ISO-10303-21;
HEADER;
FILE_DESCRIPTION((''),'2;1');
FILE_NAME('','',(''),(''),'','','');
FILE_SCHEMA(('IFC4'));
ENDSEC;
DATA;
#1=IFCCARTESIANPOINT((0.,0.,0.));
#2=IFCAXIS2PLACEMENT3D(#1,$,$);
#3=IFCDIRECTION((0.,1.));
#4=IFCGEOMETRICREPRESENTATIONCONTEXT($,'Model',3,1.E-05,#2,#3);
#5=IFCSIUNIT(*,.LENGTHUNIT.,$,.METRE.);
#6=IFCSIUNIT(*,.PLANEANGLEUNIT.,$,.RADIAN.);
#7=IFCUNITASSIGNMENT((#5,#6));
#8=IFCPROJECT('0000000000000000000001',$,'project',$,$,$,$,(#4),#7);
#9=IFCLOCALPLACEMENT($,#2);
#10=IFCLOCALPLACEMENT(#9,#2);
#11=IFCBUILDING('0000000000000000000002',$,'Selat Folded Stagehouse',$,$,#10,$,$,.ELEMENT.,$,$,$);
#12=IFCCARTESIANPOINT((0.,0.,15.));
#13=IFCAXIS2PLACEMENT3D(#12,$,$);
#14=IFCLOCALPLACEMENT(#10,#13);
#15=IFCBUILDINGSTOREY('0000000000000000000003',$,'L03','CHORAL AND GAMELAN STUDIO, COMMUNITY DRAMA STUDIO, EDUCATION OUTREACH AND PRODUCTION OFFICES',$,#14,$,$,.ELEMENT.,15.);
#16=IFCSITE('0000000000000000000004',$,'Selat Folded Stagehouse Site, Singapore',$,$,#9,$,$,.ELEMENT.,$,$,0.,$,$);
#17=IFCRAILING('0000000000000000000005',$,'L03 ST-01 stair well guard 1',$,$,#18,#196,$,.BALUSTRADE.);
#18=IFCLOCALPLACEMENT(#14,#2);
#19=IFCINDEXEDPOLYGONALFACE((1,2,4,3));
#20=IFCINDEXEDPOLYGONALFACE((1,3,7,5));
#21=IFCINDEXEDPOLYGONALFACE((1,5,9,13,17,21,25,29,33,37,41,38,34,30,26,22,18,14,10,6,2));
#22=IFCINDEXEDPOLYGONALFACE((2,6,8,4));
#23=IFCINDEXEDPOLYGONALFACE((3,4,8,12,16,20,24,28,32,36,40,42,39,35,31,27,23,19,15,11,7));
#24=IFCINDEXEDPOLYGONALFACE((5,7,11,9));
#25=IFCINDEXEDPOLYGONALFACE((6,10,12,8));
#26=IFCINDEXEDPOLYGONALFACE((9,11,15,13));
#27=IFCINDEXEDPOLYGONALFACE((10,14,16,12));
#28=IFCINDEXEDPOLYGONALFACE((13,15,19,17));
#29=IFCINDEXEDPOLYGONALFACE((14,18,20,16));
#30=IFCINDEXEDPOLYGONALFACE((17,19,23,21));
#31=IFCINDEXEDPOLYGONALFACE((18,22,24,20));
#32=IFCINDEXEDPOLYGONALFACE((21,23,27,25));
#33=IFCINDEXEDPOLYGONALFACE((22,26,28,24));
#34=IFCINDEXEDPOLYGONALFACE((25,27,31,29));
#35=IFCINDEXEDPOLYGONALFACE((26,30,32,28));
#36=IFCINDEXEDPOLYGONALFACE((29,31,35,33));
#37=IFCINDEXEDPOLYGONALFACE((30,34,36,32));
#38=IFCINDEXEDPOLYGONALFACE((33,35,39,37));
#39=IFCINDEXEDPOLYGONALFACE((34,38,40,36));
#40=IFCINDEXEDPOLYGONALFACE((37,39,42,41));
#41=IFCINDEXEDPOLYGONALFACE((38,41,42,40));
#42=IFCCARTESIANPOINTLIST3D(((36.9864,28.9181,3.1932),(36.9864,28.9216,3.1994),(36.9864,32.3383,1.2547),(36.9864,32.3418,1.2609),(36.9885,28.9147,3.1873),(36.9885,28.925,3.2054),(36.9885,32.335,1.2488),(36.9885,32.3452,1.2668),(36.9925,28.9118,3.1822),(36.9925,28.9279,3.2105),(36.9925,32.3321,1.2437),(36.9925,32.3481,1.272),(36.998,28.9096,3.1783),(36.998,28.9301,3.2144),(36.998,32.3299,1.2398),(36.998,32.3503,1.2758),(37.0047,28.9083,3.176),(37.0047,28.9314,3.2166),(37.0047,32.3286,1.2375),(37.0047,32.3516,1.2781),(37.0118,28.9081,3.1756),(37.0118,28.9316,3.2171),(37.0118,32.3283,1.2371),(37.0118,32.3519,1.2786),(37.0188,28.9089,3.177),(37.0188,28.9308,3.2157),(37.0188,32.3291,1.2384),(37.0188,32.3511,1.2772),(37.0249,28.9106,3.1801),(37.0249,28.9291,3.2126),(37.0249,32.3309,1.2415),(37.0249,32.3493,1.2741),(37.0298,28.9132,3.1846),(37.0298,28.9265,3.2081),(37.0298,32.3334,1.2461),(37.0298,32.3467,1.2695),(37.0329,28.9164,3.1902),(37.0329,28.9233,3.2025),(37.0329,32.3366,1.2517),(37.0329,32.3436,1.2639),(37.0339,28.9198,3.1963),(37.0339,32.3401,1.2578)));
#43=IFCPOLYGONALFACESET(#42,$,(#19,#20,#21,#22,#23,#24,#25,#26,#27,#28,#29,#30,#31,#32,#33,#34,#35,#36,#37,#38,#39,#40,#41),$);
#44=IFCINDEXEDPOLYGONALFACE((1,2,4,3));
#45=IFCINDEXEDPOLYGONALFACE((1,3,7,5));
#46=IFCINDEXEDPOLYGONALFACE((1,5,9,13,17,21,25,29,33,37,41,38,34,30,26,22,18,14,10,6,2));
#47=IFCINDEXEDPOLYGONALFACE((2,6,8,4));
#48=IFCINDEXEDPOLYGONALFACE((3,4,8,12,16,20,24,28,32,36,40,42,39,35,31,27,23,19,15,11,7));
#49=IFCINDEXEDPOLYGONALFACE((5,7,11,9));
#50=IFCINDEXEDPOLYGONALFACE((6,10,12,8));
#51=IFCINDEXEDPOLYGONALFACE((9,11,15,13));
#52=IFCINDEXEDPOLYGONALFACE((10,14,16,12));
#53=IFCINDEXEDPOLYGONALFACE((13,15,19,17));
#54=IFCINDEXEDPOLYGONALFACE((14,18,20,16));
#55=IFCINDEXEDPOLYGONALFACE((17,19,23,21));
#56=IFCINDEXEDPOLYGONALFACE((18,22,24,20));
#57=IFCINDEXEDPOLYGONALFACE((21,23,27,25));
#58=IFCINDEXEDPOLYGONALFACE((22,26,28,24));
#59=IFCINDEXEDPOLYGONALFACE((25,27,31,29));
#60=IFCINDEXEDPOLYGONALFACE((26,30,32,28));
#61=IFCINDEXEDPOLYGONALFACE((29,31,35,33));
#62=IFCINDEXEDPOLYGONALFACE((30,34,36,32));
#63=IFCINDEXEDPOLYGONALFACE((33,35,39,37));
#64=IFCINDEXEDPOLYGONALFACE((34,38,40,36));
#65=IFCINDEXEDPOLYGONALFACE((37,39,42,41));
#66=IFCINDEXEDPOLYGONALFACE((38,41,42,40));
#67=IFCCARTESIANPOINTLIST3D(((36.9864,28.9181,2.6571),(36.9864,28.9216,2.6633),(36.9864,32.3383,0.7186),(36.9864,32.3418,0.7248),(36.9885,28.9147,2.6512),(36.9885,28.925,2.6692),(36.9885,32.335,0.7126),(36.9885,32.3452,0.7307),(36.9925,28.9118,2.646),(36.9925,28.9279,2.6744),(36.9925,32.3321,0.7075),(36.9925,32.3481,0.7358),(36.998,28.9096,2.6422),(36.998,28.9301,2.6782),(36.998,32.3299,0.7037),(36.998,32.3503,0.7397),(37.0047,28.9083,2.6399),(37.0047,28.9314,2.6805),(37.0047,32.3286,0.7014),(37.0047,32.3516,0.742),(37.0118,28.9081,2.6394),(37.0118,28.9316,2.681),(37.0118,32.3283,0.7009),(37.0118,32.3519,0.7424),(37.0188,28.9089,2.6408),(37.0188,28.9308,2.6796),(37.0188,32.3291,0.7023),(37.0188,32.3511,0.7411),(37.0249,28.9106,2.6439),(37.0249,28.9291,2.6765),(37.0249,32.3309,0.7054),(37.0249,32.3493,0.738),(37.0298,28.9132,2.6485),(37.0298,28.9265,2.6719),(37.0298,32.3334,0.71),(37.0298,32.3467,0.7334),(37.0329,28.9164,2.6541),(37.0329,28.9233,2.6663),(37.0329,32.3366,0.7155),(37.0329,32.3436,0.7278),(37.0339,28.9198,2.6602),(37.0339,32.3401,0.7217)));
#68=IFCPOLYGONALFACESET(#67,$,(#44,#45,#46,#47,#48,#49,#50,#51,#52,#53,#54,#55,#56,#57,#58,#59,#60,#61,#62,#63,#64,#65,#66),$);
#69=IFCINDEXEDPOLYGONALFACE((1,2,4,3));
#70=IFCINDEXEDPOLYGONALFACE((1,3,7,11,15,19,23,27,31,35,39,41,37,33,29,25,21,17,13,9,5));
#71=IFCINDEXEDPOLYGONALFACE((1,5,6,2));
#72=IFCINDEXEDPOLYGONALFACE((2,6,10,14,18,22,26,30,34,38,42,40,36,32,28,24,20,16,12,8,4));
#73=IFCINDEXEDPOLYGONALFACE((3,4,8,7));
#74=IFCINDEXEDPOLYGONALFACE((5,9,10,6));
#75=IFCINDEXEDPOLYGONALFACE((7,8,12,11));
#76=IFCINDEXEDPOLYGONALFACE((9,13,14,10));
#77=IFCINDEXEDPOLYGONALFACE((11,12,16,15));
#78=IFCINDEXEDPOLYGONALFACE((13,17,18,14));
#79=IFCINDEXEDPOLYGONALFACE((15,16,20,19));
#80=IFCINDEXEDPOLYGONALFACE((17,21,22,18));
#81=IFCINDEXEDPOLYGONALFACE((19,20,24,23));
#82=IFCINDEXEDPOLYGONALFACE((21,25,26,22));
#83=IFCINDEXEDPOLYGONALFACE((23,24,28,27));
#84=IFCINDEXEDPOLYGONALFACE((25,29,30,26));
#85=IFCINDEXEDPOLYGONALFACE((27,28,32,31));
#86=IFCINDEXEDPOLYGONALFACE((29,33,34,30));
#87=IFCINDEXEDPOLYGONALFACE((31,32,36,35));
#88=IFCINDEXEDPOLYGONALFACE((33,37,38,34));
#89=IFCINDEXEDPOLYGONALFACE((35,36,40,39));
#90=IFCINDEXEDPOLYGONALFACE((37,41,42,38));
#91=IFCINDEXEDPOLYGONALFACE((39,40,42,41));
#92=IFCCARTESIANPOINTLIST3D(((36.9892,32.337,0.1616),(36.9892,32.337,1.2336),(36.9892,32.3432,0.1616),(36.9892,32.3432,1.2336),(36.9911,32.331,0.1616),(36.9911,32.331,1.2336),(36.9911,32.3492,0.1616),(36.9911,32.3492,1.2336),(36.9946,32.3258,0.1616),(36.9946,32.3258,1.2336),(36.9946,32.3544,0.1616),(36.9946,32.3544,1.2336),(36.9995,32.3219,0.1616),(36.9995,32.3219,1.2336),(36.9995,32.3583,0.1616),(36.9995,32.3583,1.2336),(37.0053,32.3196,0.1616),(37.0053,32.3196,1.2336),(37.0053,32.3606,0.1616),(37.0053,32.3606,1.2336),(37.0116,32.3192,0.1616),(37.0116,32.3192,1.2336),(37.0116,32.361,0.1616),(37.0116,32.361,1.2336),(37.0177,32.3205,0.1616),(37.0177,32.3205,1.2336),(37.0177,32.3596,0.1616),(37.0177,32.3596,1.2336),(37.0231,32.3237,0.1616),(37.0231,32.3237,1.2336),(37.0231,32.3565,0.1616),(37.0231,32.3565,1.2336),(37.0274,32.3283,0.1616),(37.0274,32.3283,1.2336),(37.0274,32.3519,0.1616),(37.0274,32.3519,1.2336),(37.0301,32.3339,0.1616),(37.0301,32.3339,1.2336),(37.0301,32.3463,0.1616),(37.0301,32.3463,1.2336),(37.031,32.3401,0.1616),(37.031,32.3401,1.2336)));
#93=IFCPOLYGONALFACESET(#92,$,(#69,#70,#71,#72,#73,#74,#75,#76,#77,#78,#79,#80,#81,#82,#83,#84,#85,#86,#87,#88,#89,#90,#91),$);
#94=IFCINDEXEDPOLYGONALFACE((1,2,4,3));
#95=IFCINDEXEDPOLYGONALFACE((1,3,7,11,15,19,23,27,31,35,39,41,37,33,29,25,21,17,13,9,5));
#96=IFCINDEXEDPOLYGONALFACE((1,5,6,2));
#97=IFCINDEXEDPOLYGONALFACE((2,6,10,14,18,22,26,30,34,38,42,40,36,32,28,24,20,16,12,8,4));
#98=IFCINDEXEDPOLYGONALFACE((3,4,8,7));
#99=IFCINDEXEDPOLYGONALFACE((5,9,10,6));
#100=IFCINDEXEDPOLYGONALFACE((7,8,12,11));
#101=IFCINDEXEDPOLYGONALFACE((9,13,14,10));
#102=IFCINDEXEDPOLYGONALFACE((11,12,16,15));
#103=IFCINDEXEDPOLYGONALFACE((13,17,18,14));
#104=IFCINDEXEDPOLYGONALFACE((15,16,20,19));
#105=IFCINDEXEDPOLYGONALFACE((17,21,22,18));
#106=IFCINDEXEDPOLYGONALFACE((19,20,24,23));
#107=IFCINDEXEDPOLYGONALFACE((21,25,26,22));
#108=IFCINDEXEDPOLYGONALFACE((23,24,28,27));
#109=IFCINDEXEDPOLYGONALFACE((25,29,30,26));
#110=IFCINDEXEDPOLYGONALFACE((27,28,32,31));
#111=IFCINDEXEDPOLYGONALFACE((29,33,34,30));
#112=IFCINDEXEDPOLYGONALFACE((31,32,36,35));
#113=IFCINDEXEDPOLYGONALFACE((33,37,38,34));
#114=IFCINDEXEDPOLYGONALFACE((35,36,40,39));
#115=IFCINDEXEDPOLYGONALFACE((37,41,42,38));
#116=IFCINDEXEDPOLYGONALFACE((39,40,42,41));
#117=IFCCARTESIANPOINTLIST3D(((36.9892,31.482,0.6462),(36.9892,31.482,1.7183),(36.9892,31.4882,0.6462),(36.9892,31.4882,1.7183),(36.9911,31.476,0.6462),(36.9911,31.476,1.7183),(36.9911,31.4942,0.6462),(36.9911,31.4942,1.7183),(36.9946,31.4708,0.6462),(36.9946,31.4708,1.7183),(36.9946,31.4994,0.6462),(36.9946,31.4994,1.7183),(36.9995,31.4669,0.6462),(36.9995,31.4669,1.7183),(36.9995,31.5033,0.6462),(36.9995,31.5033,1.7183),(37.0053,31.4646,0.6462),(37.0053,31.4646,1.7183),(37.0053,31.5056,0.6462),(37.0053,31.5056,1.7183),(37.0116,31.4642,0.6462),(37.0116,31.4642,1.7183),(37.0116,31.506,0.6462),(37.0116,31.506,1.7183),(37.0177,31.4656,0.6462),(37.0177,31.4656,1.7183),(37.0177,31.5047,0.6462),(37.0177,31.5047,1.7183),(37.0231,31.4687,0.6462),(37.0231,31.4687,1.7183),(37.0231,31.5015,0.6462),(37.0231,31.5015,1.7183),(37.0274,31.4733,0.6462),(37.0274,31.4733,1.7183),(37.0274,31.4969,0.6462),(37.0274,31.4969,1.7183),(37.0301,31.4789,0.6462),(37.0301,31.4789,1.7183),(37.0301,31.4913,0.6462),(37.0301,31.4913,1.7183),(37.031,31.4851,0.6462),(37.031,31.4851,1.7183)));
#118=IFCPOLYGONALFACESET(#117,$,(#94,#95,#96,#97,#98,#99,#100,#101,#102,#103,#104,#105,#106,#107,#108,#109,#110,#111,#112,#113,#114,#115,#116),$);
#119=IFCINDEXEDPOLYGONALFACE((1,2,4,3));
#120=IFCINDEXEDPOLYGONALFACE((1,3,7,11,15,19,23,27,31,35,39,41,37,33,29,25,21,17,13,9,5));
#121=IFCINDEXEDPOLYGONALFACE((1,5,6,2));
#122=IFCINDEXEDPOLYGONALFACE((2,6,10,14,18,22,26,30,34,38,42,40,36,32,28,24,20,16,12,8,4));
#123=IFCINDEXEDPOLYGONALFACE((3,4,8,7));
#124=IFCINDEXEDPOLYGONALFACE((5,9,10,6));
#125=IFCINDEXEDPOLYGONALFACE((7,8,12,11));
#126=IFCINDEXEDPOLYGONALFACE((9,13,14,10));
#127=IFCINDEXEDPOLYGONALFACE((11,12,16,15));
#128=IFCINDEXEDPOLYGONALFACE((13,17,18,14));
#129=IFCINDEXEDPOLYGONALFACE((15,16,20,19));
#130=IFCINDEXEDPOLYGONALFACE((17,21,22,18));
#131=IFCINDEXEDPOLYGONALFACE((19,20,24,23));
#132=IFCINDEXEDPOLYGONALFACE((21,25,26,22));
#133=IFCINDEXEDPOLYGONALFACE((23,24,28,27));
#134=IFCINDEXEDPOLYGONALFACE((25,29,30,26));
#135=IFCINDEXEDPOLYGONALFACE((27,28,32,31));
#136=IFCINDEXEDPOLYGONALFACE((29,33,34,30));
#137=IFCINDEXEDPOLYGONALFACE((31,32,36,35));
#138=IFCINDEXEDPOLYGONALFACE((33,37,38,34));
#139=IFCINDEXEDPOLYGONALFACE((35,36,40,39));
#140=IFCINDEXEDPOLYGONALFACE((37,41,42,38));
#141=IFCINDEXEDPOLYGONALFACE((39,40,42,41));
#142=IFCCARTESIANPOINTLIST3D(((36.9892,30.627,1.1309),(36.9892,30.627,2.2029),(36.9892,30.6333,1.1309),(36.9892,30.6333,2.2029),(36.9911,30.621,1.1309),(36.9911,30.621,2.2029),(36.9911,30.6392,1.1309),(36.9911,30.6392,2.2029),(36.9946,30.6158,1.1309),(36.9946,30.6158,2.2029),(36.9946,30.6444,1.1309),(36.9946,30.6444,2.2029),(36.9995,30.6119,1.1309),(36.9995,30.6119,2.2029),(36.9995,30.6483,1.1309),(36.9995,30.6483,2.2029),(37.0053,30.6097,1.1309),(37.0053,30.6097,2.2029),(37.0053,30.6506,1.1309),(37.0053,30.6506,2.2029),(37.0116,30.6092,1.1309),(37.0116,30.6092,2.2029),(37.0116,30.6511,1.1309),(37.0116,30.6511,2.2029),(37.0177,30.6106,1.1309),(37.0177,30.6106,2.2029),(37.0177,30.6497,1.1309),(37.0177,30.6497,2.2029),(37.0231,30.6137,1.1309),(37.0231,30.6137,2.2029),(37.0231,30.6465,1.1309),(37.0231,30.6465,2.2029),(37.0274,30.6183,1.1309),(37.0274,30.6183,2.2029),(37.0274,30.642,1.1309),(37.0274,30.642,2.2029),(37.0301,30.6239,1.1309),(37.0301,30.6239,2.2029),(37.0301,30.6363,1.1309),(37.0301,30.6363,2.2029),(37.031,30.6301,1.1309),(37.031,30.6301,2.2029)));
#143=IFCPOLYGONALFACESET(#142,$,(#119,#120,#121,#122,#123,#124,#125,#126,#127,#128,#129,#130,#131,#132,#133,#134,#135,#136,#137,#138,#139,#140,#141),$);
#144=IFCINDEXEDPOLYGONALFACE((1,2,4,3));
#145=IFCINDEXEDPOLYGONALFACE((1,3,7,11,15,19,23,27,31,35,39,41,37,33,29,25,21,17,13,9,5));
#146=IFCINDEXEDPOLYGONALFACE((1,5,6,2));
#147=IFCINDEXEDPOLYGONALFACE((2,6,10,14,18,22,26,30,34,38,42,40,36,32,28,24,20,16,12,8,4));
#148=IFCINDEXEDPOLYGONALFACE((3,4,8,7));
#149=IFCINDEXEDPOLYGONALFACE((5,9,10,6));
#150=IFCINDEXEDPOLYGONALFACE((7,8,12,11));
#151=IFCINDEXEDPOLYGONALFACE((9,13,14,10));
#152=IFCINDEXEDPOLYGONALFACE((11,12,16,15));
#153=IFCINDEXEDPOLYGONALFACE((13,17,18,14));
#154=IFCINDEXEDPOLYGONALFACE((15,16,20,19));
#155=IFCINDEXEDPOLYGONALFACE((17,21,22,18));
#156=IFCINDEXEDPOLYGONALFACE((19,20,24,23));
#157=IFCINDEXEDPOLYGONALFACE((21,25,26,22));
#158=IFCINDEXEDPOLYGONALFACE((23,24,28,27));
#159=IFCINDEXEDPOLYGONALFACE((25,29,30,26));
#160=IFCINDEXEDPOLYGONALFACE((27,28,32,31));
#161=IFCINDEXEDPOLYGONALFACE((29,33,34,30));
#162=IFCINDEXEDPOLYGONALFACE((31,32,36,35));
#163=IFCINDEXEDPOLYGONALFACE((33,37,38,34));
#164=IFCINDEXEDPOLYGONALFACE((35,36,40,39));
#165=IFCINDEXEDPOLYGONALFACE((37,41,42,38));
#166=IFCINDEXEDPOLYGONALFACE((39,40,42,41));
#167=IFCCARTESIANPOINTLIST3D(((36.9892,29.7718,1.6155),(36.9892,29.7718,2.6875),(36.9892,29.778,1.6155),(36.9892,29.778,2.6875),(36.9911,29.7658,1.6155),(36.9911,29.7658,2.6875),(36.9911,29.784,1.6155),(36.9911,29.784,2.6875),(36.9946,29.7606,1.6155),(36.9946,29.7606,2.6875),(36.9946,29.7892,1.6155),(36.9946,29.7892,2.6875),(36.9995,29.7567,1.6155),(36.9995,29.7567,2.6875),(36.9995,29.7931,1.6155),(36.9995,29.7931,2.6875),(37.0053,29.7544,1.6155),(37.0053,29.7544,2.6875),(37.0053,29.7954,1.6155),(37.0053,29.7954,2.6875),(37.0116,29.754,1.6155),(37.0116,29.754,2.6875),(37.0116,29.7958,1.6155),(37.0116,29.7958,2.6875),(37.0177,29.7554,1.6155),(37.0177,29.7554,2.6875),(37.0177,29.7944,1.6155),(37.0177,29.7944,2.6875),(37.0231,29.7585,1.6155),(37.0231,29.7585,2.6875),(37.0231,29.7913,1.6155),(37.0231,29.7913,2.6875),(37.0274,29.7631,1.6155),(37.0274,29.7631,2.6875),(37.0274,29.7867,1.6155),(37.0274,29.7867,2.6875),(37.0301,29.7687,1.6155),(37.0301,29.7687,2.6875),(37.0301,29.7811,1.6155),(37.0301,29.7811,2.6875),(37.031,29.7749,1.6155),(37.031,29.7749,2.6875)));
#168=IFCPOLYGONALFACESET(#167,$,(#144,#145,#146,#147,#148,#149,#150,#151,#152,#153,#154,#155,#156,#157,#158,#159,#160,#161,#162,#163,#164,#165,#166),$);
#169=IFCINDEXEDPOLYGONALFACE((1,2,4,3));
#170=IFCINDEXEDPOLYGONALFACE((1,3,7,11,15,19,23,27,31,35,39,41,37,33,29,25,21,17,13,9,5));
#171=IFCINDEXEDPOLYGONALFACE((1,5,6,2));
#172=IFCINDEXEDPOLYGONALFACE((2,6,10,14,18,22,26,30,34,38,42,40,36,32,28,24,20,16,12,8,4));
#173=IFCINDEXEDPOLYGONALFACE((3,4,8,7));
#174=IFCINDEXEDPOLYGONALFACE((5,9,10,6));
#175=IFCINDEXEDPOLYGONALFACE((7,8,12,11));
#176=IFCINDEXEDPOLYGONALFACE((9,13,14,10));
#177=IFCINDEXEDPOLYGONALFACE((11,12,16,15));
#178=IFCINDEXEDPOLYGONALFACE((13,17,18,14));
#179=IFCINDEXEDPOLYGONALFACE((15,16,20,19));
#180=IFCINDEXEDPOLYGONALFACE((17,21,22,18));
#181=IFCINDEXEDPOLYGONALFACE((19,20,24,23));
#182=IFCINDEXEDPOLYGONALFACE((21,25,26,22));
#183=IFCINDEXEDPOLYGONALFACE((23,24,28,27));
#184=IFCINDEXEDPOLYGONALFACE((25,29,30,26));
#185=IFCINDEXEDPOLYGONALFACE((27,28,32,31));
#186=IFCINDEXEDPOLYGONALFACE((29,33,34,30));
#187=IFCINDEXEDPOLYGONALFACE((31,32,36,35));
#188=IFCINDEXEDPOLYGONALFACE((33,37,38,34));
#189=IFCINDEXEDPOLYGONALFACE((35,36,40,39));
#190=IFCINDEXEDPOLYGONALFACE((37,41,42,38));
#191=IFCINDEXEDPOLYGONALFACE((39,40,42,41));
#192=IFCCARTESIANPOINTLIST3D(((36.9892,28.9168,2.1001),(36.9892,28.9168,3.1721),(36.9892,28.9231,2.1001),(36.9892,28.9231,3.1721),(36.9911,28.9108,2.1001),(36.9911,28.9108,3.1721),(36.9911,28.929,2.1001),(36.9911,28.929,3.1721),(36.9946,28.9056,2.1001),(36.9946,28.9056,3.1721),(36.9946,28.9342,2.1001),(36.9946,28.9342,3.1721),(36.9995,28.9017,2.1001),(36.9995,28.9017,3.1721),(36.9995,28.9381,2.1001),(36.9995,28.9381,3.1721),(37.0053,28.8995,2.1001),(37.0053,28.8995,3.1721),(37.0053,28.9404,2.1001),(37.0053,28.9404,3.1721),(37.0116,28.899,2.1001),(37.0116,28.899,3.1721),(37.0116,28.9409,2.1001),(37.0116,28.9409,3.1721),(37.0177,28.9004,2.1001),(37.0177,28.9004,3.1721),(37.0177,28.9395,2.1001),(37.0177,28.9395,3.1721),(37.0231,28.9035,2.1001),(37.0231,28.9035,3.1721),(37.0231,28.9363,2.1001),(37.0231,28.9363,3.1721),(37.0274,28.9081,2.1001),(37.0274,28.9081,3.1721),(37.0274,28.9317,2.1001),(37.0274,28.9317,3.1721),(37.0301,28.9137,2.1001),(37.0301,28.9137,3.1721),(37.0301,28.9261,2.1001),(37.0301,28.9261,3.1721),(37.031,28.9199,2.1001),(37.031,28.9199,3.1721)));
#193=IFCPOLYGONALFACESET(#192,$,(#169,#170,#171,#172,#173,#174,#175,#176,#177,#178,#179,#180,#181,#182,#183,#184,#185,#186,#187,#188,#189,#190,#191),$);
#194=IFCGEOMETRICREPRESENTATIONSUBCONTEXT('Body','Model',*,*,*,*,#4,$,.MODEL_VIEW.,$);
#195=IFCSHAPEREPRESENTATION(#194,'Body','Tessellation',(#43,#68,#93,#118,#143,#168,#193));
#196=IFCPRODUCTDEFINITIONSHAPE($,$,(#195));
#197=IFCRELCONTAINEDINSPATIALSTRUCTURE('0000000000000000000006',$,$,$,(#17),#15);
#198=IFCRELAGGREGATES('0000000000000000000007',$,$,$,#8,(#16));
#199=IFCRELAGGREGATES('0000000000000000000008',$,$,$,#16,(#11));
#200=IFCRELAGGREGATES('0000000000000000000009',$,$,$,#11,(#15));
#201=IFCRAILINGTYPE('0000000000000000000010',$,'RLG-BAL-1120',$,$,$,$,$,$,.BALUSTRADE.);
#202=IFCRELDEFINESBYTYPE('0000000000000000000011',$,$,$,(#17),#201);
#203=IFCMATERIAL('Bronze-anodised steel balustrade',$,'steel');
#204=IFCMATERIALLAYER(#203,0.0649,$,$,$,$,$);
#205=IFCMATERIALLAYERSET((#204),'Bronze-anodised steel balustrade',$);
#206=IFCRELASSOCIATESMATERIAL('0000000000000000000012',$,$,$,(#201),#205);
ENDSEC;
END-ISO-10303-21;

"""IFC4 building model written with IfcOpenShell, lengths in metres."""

from ifc_helpers import new_model, si_unit, direction, frame, origin, origin_2d, place, context, subcontext, project, spatial, circle, extrude, material, layer, layer_set, type_object, element, save


model = new_model("IFC4")

# Units and contexts
model_context = context("Model", 3, precision=1e-05, world=origin(), true_north=direction((0.0, 1.0)))
body_context = subcontext(model_context, "Body", "Model", "MODEL_VIEW")
ifc_project = project(units=[si_unit("LENGTHUNIT", "METRE"), si_unit("PLANEANGLEUNIT", "RADIAN")], contexts=[model_context])

# Site, building, storey
site_placement = place(None, origin())
site = spatial("IfcSite", under=ifc_project, at=site_placement, Name="Selat Folded Stagehouse Site, Singapore", CompositionType="ELEMENT", RefElevation=0.0)
building_placement = place(site_placement, origin())
building = spatial("IfcBuilding", under=site, at=building_placement, Name="Selat Folded Stagehouse", CompositionType="ELEMENT")
storey_placement = place(building_placement, frame((0.0, 0.0, 15.0)))
storey = spatial("IfcBuildingStorey", under=building, at=storey_placement, Name="L03", Description="CHORAL AND GAMELAN STUDIO, COMMUNITY DRAMA STUDIO, EDUCATION OUTREACH AND PRODUCTION OFFICES", CompositionType="ELEMENT", Elevation=15.0)

# Railing
ifc_material_1 = material(Name="Bronze-anodised steel balustrade", Category="steel")
ifc_layer_1 = layer(ifc_material_1, 0.0649)
ifc_layer_set_1 = layer_set([ifc_layer_1], Name="Bronze-anodised steel balustrade")
railing_type_1 = type_object("IfcRailingType", Name="RLG-BAL-1120", PredefinedType="BALUSTRADE", material=ifc_layer_set_1)
railing_1_placement = place(storey_placement, frame((37.01, 32.3401, 0.1616)))
element("IfcRailing", 1, at=railing_1_placement, inside=storey, type_object=railing_type_1, Name="L03 ST-01 stair well guard 1", PredefinedType="BALUSTRADE", context=body_context, shape_type="SweptSolid", body=[
    extrude(circle(Radius=0.0239, at=origin_2d()), frame((0.0, 0.0, 1.0962), z_axis=(0.0, -0.86998, 0.493086), x_axis=(1.0, 0.0, 0.0)), (0.0, 0.0, 1.0), 3.9314),
    extrude(circle(Radius=0.0239, at=origin_2d()), frame((0.0, 0.0, 0.5601), z_axis=(0.0, -0.86998, 0.493086), x_axis=(1.0, 0.0, 0.0)), (0.0, 0.0, 1.0), 3.9314),
    extrude(circle(Radius=0.021, at=origin_2d()), origin(), (0.0, 0.0, 1.0), 1.072),
    extrude(circle(Radius=0.021, at=origin_2d()), frame((0.0, -0.855, 0.4846)), (0.0, 0.0, 1.0), 1.072),
    extrude(circle(Radius=0.021, at=origin_2d()), frame((0.0, -1.71, 0.9692)), (0.0, 0.0, 1.0), 1.072),
    extrude(circle(Radius=0.021, at=origin_2d()), frame((0.0, -2.5652, 1.4539)), (0.0, 0.0, 1.0), 1.072),
    extrude(circle(Radius=0.021, at=origin_2d()), frame((0.0, -3.4202, 1.9385)), (0.0, 0.0, 1.0), 1.072),
])

save(model, "model.ifc")
